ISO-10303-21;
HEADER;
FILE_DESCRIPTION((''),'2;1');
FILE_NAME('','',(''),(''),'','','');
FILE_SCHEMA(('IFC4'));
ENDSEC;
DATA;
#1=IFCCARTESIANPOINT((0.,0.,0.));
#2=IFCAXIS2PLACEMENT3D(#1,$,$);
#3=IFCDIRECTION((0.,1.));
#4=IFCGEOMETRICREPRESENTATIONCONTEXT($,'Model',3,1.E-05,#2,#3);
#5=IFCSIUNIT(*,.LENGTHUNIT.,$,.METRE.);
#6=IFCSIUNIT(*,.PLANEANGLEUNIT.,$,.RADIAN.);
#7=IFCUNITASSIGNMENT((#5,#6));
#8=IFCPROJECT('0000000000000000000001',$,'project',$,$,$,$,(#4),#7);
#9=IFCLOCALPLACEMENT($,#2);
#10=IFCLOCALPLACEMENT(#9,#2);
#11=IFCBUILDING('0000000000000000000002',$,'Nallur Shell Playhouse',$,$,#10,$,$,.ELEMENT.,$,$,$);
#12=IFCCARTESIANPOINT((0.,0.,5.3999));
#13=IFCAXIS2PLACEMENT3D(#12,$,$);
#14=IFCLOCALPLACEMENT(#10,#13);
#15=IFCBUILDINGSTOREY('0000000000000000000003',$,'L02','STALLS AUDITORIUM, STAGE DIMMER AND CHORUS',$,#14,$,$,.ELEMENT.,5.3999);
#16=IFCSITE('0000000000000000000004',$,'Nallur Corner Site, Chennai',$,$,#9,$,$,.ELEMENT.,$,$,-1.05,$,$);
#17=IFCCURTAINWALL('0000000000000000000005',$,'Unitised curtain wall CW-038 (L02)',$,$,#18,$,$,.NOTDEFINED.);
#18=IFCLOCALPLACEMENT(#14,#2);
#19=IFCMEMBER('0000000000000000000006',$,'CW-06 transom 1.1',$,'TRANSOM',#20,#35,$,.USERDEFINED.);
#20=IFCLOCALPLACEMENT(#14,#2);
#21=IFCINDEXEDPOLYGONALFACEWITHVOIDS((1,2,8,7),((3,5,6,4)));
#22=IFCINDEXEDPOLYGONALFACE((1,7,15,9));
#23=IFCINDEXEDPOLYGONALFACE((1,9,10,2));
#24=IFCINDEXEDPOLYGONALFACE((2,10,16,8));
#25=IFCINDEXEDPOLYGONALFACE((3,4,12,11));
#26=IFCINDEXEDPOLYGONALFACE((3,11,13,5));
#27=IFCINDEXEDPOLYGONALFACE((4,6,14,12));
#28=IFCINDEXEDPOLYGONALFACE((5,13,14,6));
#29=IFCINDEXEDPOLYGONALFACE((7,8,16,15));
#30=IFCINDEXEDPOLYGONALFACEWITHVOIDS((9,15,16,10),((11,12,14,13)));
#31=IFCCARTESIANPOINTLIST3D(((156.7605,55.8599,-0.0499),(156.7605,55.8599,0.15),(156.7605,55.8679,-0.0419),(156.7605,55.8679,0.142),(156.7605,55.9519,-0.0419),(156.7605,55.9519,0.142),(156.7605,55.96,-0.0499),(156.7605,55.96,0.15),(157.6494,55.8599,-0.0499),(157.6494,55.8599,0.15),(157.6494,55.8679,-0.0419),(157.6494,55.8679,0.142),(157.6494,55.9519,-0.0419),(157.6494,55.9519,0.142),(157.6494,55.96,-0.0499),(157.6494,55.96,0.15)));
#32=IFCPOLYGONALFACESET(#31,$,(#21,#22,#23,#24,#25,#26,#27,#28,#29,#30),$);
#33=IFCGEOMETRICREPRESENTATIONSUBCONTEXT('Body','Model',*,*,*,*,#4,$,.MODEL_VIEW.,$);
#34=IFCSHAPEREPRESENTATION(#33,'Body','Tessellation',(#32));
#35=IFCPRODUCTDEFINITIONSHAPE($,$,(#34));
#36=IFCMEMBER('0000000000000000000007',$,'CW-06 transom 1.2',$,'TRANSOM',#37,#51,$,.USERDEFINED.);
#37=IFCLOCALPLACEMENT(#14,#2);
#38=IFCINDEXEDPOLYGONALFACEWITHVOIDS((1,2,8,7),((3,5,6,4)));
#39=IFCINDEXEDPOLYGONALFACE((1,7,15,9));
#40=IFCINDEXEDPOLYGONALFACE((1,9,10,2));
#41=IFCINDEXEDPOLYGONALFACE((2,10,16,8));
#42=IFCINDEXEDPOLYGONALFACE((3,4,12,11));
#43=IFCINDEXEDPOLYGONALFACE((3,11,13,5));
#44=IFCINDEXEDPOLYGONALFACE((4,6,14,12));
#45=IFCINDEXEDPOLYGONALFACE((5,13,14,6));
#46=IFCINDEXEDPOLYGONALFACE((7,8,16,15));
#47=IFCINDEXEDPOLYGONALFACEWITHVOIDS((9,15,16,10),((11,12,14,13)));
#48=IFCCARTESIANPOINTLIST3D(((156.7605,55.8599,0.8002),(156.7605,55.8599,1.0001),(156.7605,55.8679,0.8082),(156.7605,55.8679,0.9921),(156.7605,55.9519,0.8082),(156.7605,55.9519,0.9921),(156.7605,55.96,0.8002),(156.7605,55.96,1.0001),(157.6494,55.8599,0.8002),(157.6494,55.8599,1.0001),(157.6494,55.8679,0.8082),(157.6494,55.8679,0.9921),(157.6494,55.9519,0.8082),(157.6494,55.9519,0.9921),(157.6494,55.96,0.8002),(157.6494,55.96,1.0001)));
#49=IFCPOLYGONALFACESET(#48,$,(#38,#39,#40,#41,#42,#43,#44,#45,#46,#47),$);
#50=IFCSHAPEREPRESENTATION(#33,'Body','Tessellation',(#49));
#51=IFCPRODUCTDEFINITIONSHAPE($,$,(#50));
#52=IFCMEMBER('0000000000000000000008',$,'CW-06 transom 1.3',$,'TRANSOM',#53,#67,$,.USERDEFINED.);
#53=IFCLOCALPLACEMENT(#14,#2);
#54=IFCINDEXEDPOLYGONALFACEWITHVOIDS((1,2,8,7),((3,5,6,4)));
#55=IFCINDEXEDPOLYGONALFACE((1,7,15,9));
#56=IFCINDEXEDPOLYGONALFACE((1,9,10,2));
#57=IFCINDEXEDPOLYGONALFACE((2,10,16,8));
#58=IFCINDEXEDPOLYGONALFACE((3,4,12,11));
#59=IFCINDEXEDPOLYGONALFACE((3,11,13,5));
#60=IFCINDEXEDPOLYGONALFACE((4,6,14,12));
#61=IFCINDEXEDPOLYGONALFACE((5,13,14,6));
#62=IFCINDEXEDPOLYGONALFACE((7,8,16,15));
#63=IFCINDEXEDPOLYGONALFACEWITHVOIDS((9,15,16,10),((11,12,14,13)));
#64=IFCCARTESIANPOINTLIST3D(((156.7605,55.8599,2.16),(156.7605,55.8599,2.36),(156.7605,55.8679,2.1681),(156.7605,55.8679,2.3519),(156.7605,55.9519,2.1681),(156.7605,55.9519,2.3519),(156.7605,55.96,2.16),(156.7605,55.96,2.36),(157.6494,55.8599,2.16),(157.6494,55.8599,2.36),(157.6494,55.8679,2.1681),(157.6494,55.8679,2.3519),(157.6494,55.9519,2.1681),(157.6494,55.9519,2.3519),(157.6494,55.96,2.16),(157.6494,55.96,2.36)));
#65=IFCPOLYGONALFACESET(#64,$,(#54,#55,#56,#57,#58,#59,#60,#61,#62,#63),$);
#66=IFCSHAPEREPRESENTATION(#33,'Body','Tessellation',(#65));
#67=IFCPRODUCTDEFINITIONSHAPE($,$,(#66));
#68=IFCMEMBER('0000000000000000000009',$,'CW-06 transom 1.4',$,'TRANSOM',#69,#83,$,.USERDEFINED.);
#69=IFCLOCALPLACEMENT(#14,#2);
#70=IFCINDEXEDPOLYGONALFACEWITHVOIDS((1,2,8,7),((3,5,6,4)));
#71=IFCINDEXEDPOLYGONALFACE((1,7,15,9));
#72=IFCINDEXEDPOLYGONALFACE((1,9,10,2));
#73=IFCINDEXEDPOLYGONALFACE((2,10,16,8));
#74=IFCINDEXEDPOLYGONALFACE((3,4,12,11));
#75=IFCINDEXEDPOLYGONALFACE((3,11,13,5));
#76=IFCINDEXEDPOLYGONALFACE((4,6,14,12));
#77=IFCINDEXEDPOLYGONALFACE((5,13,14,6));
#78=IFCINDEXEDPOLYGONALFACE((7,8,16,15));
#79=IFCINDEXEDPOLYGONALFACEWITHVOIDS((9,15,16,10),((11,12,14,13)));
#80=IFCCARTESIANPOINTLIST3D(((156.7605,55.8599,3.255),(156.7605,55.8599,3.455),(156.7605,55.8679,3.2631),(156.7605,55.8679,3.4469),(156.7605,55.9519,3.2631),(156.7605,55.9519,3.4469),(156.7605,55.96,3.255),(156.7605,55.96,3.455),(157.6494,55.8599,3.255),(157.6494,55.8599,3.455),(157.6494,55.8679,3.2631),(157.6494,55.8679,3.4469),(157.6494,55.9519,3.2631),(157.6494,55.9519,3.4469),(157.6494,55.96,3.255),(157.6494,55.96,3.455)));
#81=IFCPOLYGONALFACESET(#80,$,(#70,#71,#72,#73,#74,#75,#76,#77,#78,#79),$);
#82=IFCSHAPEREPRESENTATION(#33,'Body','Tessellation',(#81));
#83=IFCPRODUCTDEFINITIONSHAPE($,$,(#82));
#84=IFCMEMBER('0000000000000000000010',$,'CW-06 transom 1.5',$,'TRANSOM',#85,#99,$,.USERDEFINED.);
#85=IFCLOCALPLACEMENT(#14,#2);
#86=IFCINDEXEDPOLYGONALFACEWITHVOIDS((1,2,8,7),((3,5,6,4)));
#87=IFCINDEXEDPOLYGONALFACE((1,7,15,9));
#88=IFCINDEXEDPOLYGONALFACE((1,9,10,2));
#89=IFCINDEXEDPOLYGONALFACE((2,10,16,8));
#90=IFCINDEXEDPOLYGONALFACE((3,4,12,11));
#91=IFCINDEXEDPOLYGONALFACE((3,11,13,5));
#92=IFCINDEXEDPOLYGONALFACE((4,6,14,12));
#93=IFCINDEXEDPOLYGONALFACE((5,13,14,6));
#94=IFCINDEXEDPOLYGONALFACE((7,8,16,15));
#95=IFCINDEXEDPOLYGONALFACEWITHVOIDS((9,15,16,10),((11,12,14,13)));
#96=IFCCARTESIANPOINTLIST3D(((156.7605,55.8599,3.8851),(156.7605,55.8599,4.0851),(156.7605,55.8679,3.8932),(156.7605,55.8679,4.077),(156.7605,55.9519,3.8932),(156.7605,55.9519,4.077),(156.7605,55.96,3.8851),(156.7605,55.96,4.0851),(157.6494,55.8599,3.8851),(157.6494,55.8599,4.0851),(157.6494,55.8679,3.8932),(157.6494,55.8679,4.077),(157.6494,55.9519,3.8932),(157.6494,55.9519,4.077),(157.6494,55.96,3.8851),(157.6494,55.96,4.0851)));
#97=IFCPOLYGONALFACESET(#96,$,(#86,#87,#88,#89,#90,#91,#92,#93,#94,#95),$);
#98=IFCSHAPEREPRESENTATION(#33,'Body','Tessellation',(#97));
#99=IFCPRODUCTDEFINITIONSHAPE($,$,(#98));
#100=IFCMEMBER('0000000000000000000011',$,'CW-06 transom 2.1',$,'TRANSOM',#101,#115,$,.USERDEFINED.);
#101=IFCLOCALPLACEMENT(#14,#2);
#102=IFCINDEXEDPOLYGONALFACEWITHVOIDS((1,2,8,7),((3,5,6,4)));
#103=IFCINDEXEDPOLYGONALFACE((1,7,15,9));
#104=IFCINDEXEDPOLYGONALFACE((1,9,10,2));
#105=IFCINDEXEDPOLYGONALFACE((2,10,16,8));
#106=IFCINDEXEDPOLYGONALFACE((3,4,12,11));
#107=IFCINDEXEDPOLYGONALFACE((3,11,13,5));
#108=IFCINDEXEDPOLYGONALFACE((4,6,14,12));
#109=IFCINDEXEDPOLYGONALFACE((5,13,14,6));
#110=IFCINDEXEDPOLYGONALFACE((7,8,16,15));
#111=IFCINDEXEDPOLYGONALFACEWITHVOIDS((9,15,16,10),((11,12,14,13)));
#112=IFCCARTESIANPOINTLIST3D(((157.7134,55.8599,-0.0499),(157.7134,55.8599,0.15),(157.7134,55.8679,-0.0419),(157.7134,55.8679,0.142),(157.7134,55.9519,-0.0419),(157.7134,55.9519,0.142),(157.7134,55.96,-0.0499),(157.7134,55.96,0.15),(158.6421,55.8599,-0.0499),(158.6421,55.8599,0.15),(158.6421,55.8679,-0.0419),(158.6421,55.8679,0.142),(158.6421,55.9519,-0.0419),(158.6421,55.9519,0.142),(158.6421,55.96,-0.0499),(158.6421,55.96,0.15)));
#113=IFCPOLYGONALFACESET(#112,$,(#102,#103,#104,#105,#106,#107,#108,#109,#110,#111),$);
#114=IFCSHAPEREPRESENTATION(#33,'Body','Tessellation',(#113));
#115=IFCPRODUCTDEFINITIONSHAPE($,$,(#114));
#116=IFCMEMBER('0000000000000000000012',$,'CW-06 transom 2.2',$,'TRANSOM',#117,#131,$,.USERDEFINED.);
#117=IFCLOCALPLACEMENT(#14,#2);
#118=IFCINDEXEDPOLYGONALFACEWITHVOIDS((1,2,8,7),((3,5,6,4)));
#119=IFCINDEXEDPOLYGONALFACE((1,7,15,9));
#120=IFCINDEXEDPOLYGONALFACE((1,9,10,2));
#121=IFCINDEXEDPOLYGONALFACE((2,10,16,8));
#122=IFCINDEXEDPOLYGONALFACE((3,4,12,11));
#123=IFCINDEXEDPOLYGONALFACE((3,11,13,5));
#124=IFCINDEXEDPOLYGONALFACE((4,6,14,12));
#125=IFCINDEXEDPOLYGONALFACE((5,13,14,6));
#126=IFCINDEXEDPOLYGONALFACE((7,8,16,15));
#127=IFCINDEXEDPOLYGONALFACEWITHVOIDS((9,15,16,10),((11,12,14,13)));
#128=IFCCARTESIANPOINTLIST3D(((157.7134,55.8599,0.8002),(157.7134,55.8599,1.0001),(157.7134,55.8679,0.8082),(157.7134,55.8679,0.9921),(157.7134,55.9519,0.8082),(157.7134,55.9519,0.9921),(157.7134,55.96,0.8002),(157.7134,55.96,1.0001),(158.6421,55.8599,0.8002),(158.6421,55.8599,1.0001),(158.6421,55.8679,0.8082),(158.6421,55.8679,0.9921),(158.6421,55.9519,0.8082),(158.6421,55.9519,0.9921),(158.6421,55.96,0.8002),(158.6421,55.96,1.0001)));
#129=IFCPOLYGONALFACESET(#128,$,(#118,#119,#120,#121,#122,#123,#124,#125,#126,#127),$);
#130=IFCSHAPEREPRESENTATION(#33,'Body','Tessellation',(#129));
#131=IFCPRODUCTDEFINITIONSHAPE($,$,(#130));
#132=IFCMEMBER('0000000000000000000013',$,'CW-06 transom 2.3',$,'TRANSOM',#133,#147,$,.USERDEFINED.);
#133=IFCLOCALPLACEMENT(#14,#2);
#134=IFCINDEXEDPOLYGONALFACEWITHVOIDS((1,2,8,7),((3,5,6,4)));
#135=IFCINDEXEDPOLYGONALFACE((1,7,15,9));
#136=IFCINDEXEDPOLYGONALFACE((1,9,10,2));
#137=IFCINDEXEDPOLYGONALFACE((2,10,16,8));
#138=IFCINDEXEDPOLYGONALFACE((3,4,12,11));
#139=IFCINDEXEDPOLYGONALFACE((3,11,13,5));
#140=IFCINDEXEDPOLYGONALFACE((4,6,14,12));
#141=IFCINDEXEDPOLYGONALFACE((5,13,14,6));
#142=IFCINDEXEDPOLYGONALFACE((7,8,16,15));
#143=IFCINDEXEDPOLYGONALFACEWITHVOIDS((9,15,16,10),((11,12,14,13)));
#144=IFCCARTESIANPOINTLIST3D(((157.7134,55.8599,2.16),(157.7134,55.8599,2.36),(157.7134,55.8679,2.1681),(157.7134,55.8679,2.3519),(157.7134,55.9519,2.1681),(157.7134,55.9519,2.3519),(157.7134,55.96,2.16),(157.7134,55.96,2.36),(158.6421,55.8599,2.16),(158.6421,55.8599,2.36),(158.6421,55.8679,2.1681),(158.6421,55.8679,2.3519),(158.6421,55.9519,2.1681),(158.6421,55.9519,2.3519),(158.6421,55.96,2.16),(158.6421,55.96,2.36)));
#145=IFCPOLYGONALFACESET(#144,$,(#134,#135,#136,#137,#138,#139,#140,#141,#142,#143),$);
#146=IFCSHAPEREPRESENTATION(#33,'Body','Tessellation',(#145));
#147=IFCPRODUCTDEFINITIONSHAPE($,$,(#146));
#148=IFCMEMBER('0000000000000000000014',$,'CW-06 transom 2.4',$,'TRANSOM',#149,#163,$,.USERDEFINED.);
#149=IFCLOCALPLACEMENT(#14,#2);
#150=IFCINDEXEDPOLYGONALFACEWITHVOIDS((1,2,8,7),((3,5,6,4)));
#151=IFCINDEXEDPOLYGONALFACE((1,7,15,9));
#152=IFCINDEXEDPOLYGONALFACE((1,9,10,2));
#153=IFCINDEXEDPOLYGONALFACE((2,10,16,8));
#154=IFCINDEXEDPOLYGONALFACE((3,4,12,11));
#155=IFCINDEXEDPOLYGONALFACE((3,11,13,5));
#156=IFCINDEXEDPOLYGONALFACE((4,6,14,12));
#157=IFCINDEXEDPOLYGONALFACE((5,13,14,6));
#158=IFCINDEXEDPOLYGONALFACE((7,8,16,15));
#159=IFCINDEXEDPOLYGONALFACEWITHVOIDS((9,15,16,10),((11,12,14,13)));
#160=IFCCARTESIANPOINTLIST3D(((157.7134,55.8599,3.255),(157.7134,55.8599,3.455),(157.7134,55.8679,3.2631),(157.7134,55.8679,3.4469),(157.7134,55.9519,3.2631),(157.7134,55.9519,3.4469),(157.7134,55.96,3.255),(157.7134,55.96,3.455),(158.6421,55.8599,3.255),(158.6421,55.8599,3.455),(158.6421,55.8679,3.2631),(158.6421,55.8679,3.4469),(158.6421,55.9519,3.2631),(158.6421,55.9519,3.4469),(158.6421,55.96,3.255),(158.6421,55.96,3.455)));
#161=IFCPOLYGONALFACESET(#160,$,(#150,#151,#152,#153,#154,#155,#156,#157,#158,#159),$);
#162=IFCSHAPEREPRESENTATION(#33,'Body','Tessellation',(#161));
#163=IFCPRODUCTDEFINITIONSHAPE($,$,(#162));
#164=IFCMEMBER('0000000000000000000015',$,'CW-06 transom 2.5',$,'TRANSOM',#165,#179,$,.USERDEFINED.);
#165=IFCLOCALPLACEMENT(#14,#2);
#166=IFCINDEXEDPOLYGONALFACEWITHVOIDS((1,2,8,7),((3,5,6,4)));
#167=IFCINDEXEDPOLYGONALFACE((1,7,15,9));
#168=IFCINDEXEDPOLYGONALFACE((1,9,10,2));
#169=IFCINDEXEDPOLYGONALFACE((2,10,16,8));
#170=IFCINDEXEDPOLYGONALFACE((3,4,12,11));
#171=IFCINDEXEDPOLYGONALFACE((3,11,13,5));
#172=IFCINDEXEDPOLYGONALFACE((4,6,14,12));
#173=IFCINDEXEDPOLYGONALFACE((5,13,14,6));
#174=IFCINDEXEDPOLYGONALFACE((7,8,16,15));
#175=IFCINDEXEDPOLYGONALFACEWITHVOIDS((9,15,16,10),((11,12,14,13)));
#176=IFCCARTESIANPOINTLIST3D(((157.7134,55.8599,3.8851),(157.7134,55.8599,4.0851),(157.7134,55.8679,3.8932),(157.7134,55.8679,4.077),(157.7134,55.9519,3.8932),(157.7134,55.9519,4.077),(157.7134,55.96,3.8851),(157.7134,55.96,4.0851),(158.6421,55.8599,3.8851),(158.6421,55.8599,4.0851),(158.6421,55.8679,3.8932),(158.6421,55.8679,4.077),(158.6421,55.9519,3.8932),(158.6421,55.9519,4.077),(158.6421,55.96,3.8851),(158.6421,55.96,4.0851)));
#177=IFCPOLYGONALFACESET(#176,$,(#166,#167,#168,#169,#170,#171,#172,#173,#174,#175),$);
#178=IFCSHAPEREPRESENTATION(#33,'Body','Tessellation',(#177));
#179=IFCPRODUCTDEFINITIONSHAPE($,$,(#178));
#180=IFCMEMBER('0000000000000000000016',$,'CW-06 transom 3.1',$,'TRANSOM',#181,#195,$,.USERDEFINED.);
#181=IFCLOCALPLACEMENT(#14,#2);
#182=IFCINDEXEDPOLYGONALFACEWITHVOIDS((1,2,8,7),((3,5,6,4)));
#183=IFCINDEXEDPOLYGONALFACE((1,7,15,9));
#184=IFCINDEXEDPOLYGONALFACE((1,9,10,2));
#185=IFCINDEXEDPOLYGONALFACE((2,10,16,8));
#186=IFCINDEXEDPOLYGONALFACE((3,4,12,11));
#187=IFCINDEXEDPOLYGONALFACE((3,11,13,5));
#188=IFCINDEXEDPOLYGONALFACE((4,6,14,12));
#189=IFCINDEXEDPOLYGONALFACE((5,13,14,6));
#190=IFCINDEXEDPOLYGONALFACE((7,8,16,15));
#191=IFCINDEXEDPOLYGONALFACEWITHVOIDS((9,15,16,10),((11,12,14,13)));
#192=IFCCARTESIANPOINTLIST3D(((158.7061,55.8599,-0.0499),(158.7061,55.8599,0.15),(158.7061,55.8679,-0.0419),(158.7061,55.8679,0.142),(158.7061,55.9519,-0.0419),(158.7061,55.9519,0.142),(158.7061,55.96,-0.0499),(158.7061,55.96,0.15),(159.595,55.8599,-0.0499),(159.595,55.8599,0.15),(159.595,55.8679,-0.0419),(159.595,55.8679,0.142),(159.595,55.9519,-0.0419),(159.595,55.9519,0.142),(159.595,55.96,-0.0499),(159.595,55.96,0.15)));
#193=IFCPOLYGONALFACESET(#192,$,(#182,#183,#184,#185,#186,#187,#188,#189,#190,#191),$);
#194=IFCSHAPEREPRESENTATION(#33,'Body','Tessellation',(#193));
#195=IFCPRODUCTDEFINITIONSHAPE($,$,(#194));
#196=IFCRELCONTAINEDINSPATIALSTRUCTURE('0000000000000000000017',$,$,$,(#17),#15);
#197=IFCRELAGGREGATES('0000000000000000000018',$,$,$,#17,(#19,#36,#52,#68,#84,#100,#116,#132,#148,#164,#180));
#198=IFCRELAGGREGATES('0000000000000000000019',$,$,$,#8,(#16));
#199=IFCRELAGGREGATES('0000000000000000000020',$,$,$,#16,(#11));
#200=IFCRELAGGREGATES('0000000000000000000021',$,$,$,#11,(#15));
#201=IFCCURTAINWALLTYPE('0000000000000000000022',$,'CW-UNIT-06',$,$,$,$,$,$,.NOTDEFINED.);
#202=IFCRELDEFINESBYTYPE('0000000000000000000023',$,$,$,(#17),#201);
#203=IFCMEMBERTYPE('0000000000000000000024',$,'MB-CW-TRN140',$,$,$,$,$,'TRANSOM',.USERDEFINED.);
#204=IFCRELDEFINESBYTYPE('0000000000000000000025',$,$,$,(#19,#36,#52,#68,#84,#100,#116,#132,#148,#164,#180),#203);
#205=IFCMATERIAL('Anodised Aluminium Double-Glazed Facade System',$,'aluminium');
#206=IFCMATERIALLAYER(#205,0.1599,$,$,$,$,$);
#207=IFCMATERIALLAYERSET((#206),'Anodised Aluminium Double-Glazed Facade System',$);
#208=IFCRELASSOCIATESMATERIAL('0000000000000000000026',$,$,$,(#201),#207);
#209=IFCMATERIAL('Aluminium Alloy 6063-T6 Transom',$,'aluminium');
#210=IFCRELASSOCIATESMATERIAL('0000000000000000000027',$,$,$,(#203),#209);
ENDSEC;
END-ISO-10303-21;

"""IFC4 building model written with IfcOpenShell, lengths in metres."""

from ifc_helpers import new_model, si_unit, direction, frame, origin, origin_2d, place, context, subcontext, project, spatial, hollow_rectangle, extrude, material, layer, layer_set, material_profile, profile_set, type_object, element, aggregate, save


model = new_model("IFC4")

# Units and contexts
model_context = context("Model", 3, precision=1e-05, world=origin(), true_north=direction((0.0, 1.0)))
body_context = subcontext(model_context, "Body", "Model", "MODEL_VIEW")
ifc_project = project(units=[si_unit("LENGTHUNIT", "METRE"), si_unit("PLANEANGLEUNIT", "RADIAN")], contexts=[model_context])

# Site, building, storey
site_placement = place(None, origin())
site = spatial("IfcSite", under=ifc_project, at=site_placement, Name="Nallur Corner Site, Chennai", CompositionType="ELEMENT", RefElevation=-1.05)
building_placement = place(site_placement, origin())
building = spatial("IfcBuilding", under=site, at=building_placement, Name="Nallur Shell Playhouse", CompositionType="ELEMENT")
storey_placement = place(building_placement, frame((0.0, 0.0, 5.3999)))
storey = spatial("IfcBuildingStorey", under=building, at=storey_placement, Name="L02", Description="STALLS AUDITORIUM, STAGE DIMMER AND CHORUS", CompositionType="ELEMENT", Elevation=5.3999)

# Curtain wall
ifc_material_1 = material(Name="Anodised Aluminium Double-Glazed Facade System", Category="aluminium")
ifc_layer_1 = layer(ifc_material_1, 0.1599)
ifc_layer_set_1 = layer_set([ifc_layer_1], Name="Anodised Aluminium Double-Glazed Facade System")
curtain_wall_type_1 = type_object("IfcCurtainWallType", Name="CW-UNIT-06", PredefinedType="NOTDEFINED", material=ifc_layer_set_1)
curtain_wall_1_placement = place(storey_placement, origin())
curtain_wall_1 = element("IfcCurtainWall", 1, at=curtain_wall_1_placement, inside=storey, type_object=curtain_wall_type_1, Name="Unitised curtain wall CW-038 (L02)", PredefinedType="NOTDEFINED")
ifc_material_2 = material(Name="Aluminium Alloy 6063-T6 Transom", Category="aluminium")

# Members
ifc_material_profile_1 = material_profile(ifc_material_2, hollow_rectangle(XDim=0.1001, YDim=0.2, WallThickness=0.0081, at=origin_2d()), Name="RHS 200x100x8")
ifc_profile_set_1 = profile_set([ifc_material_profile_1], Name="Aluminium Alloy 6063-T6 Transom")
member_type_1 = type_object("IfcMemberType", Name="MB-CW-TRN140", ElementType="TRANSOM", PredefinedType="USERDEFINED", material=ifc_profile_set_1)
member_1_placement = place(storey_placement, frame((156.7605, 55.9099, 0.05), z_axis=(1.0, 0.0, 0.0), x_axis=(0.0, 1.0, 0.0)))
member_1 = element("IfcMember", 2, at=member_1_placement, type_object=member_type_1, Name="CW-06 transom 1.1", ObjectType="TRANSOM", PredefinedType="USERDEFINED", context=body_context, shape_type="SweptSolid", body=[
    extrude(hollow_rectangle(XDim=0.1001, YDim=0.2, WallThickness=0.0081, at=origin_2d()), origin(), (0.0, 0.0, 1.0), 0.8889),
])
member_2_placement = place(storey_placement, frame((156.7605, 55.9099, 0.9001), z_axis=(1.0, 0.0, 0.0), x_axis=(0.0, 1.0, 0.0)))
member_2 = element("IfcMember", 3, at=member_2_placement, type_object=member_type_1, Name="CW-06 transom 1.2", ObjectType="TRANSOM", PredefinedType="USERDEFINED", context=body_context, shape_type="SweptSolid", body=[
    extrude(hollow_rectangle(XDim=0.1001, YDim=0.2, WallThickness=0.0081, at=origin_2d()), origin(), (0.0, 0.0, 1.0), 0.8889),
])
member_3_placement = place(storey_placement, frame((156.7605, 55.9099, 2.26), z_axis=(1.0, 0.0, 0.0), x_axis=(0.0, 1.0, 0.0)))
member_3 = element("IfcMember", 4, at=member_3_placement, type_object=member_type_1, Name="CW-06 transom 1.3", ObjectType="TRANSOM", PredefinedType="USERDEFINED", context=body_context, shape_type="SweptSolid", body=[
    extrude(hollow_rectangle(XDim=0.1001, YDim=0.2, WallThickness=0.0081, at=origin_2d()), origin(), (0.0, 0.0, 1.0), 0.8889),
])
member_4_placement = place(storey_placement, frame((156.7605, 55.9099, 3.355), z_axis=(1.0, 0.0, 0.0), x_axis=(0.0, 1.0, 0.0)))
member_4 = element("IfcMember", 5, at=member_4_placement, type_object=member_type_1, Name="CW-06 transom 1.4", ObjectType="TRANSOM", PredefinedType="USERDEFINED", context=body_context, shape_type="SweptSolid", body=[
    extrude(hollow_rectangle(XDim=0.1001, YDim=0.2, WallThickness=0.0081, at=origin_2d()), origin(), (0.0, 0.0, 1.0), 0.8889),
])
member_5_placement = place(storey_placement, frame((156.7605, 55.9099, 3.9851), z_axis=(1.0, 0.0, 0.0), x_axis=(0.0, 1.0, 0.0)))
member_5 = element("IfcMember", 6, at=member_5_placement, type_object=member_type_1, Name="CW-06 transom 1.5", ObjectType="TRANSOM", PredefinedType="USERDEFINED", context=body_context, shape_type="SweptSolid", body=[
    extrude(hollow_rectangle(XDim=0.1001, YDim=0.2, WallThickness=0.0081, at=origin_2d()), origin(), (0.0, 0.0, 1.0), 0.8889),
])
member_6_placement = place(storey_placement, frame((157.7134, 55.9099, 0.05), z_axis=(1.0, 0.0, 0.0), x_axis=(0.0, 1.0, 0.0)))
member_6 = element("IfcMember", 7, at=member_6_placement, type_object=member_type_1, Name="CW-06 transom 2.1", ObjectType="TRANSOM", PredefinedType="USERDEFINED", context=body_context, shape_type="SweptSolid", body=[
    extrude(hollow_rectangle(XDim=0.1001, YDim=0.2, WallThickness=0.0081, at=origin_2d()), origin(), (0.0, 0.0, 1.0), 0.9287),
])
member_7_placement = place(storey_placement, frame((157.7134, 55.9099, 0.9001), z_axis=(1.0, 0.0, 0.0), x_axis=(0.0, 1.0, 0.0)))
member_7 = element("IfcMember", 8, at=member_7_placement, type_object=member_type_1, Name="CW-06 transom 2.2", ObjectType="TRANSOM", PredefinedType="USERDEFINED", context=body_context, shape_type="SweptSolid", body=[
    extrude(hollow_rectangle(XDim=0.1001, YDim=0.2, WallThickness=0.0081, at=origin_2d()), origin(), (0.0, 0.0, 1.0), 0.9287),
])
member_8_placement = place(storey_placement, frame((157.7134, 55.9099, 2.26), z_axis=(1.0, 0.0, 0.0), x_axis=(0.0, 1.0, 0.0)))
member_8 = element("IfcMember", 9, at=member_8_placement, type_object=member_type_1, Name="CW-06 transom 2.3", ObjectType="TRANSOM", PredefinedType="USERDEFINED", context=body_context, shape_type="SweptSolid", body=[
    extrude(hollow_rectangle(XDim=0.1001, YDim=0.2, WallThickness=0.0081, at=origin_2d()), origin(), (0.0, 0.0, 1.0), 0.9287),
])
member_9_placement = place(storey_placement, frame((157.7134, 55.9099, 3.355), z_axis=(1.0, 0.0, 0.0), x_axis=(0.0, 1.0, 0.0)))
member_9 = element("IfcMember", 10, at=member_9_placement, type_object=member_type_1, Name="CW-06 transom 2.4", ObjectType="TRANSOM", PredefinedType="USERDEFINED", context=body_context, shape_type="SweptSolid", body=[
    extrude(hollow_rectangle(XDim=0.1001, YDim=0.2, WallThickness=0.0081, at=origin_2d()), origin(), (0.0, 0.0, 1.0), 0.9287),
])
member_10_placement = place(storey_placement, frame((157.7134, 55.9099, 3.9851), z_axis=(1.0, 0.0, 0.0), x_axis=(0.0, 1.0, 0.0)))
member_10 = element("IfcMember", 11, at=member_10_placement, type_object=member_type_1, Name="CW-06 transom 2.5", ObjectType="TRANSOM", PredefinedType="USERDEFINED", context=body_context, shape_type="SweptSolid", body=[
    extrude(hollow_rectangle(XDim=0.1001, YDim=0.2, WallThickness=0.0081, at=origin_2d()), origin(), (0.0, 0.0, 1.0), 0.9287),
])
member_11_placement = place(storey_placement, frame((158.7061, 55.9099, 0.05), z_axis=(1.0, 0.0, 0.0), x_axis=(0.0, 1.0, 0.0)))
member_11 = element("IfcMember", 12, at=member_11_placement, type_object=member_type_1, Name="CW-06 transom 3.1", ObjectType="TRANSOM", PredefinedType="USERDEFINED", context=body_context, shape_type="SweptSolid", body=[
    extrude(hollow_rectangle(XDim=0.1001, YDim=0.2, WallThickness=0.0081, at=origin_2d()), origin(), (0.0, 0.0, 1.0), 0.8889),
])

aggregate(curtain_wall_1, [member_1, member_2, member_3, member_4, member_5, member_6, member_7, member_8, member_9, member_10, member_11])

save(model, "model.ifc")
